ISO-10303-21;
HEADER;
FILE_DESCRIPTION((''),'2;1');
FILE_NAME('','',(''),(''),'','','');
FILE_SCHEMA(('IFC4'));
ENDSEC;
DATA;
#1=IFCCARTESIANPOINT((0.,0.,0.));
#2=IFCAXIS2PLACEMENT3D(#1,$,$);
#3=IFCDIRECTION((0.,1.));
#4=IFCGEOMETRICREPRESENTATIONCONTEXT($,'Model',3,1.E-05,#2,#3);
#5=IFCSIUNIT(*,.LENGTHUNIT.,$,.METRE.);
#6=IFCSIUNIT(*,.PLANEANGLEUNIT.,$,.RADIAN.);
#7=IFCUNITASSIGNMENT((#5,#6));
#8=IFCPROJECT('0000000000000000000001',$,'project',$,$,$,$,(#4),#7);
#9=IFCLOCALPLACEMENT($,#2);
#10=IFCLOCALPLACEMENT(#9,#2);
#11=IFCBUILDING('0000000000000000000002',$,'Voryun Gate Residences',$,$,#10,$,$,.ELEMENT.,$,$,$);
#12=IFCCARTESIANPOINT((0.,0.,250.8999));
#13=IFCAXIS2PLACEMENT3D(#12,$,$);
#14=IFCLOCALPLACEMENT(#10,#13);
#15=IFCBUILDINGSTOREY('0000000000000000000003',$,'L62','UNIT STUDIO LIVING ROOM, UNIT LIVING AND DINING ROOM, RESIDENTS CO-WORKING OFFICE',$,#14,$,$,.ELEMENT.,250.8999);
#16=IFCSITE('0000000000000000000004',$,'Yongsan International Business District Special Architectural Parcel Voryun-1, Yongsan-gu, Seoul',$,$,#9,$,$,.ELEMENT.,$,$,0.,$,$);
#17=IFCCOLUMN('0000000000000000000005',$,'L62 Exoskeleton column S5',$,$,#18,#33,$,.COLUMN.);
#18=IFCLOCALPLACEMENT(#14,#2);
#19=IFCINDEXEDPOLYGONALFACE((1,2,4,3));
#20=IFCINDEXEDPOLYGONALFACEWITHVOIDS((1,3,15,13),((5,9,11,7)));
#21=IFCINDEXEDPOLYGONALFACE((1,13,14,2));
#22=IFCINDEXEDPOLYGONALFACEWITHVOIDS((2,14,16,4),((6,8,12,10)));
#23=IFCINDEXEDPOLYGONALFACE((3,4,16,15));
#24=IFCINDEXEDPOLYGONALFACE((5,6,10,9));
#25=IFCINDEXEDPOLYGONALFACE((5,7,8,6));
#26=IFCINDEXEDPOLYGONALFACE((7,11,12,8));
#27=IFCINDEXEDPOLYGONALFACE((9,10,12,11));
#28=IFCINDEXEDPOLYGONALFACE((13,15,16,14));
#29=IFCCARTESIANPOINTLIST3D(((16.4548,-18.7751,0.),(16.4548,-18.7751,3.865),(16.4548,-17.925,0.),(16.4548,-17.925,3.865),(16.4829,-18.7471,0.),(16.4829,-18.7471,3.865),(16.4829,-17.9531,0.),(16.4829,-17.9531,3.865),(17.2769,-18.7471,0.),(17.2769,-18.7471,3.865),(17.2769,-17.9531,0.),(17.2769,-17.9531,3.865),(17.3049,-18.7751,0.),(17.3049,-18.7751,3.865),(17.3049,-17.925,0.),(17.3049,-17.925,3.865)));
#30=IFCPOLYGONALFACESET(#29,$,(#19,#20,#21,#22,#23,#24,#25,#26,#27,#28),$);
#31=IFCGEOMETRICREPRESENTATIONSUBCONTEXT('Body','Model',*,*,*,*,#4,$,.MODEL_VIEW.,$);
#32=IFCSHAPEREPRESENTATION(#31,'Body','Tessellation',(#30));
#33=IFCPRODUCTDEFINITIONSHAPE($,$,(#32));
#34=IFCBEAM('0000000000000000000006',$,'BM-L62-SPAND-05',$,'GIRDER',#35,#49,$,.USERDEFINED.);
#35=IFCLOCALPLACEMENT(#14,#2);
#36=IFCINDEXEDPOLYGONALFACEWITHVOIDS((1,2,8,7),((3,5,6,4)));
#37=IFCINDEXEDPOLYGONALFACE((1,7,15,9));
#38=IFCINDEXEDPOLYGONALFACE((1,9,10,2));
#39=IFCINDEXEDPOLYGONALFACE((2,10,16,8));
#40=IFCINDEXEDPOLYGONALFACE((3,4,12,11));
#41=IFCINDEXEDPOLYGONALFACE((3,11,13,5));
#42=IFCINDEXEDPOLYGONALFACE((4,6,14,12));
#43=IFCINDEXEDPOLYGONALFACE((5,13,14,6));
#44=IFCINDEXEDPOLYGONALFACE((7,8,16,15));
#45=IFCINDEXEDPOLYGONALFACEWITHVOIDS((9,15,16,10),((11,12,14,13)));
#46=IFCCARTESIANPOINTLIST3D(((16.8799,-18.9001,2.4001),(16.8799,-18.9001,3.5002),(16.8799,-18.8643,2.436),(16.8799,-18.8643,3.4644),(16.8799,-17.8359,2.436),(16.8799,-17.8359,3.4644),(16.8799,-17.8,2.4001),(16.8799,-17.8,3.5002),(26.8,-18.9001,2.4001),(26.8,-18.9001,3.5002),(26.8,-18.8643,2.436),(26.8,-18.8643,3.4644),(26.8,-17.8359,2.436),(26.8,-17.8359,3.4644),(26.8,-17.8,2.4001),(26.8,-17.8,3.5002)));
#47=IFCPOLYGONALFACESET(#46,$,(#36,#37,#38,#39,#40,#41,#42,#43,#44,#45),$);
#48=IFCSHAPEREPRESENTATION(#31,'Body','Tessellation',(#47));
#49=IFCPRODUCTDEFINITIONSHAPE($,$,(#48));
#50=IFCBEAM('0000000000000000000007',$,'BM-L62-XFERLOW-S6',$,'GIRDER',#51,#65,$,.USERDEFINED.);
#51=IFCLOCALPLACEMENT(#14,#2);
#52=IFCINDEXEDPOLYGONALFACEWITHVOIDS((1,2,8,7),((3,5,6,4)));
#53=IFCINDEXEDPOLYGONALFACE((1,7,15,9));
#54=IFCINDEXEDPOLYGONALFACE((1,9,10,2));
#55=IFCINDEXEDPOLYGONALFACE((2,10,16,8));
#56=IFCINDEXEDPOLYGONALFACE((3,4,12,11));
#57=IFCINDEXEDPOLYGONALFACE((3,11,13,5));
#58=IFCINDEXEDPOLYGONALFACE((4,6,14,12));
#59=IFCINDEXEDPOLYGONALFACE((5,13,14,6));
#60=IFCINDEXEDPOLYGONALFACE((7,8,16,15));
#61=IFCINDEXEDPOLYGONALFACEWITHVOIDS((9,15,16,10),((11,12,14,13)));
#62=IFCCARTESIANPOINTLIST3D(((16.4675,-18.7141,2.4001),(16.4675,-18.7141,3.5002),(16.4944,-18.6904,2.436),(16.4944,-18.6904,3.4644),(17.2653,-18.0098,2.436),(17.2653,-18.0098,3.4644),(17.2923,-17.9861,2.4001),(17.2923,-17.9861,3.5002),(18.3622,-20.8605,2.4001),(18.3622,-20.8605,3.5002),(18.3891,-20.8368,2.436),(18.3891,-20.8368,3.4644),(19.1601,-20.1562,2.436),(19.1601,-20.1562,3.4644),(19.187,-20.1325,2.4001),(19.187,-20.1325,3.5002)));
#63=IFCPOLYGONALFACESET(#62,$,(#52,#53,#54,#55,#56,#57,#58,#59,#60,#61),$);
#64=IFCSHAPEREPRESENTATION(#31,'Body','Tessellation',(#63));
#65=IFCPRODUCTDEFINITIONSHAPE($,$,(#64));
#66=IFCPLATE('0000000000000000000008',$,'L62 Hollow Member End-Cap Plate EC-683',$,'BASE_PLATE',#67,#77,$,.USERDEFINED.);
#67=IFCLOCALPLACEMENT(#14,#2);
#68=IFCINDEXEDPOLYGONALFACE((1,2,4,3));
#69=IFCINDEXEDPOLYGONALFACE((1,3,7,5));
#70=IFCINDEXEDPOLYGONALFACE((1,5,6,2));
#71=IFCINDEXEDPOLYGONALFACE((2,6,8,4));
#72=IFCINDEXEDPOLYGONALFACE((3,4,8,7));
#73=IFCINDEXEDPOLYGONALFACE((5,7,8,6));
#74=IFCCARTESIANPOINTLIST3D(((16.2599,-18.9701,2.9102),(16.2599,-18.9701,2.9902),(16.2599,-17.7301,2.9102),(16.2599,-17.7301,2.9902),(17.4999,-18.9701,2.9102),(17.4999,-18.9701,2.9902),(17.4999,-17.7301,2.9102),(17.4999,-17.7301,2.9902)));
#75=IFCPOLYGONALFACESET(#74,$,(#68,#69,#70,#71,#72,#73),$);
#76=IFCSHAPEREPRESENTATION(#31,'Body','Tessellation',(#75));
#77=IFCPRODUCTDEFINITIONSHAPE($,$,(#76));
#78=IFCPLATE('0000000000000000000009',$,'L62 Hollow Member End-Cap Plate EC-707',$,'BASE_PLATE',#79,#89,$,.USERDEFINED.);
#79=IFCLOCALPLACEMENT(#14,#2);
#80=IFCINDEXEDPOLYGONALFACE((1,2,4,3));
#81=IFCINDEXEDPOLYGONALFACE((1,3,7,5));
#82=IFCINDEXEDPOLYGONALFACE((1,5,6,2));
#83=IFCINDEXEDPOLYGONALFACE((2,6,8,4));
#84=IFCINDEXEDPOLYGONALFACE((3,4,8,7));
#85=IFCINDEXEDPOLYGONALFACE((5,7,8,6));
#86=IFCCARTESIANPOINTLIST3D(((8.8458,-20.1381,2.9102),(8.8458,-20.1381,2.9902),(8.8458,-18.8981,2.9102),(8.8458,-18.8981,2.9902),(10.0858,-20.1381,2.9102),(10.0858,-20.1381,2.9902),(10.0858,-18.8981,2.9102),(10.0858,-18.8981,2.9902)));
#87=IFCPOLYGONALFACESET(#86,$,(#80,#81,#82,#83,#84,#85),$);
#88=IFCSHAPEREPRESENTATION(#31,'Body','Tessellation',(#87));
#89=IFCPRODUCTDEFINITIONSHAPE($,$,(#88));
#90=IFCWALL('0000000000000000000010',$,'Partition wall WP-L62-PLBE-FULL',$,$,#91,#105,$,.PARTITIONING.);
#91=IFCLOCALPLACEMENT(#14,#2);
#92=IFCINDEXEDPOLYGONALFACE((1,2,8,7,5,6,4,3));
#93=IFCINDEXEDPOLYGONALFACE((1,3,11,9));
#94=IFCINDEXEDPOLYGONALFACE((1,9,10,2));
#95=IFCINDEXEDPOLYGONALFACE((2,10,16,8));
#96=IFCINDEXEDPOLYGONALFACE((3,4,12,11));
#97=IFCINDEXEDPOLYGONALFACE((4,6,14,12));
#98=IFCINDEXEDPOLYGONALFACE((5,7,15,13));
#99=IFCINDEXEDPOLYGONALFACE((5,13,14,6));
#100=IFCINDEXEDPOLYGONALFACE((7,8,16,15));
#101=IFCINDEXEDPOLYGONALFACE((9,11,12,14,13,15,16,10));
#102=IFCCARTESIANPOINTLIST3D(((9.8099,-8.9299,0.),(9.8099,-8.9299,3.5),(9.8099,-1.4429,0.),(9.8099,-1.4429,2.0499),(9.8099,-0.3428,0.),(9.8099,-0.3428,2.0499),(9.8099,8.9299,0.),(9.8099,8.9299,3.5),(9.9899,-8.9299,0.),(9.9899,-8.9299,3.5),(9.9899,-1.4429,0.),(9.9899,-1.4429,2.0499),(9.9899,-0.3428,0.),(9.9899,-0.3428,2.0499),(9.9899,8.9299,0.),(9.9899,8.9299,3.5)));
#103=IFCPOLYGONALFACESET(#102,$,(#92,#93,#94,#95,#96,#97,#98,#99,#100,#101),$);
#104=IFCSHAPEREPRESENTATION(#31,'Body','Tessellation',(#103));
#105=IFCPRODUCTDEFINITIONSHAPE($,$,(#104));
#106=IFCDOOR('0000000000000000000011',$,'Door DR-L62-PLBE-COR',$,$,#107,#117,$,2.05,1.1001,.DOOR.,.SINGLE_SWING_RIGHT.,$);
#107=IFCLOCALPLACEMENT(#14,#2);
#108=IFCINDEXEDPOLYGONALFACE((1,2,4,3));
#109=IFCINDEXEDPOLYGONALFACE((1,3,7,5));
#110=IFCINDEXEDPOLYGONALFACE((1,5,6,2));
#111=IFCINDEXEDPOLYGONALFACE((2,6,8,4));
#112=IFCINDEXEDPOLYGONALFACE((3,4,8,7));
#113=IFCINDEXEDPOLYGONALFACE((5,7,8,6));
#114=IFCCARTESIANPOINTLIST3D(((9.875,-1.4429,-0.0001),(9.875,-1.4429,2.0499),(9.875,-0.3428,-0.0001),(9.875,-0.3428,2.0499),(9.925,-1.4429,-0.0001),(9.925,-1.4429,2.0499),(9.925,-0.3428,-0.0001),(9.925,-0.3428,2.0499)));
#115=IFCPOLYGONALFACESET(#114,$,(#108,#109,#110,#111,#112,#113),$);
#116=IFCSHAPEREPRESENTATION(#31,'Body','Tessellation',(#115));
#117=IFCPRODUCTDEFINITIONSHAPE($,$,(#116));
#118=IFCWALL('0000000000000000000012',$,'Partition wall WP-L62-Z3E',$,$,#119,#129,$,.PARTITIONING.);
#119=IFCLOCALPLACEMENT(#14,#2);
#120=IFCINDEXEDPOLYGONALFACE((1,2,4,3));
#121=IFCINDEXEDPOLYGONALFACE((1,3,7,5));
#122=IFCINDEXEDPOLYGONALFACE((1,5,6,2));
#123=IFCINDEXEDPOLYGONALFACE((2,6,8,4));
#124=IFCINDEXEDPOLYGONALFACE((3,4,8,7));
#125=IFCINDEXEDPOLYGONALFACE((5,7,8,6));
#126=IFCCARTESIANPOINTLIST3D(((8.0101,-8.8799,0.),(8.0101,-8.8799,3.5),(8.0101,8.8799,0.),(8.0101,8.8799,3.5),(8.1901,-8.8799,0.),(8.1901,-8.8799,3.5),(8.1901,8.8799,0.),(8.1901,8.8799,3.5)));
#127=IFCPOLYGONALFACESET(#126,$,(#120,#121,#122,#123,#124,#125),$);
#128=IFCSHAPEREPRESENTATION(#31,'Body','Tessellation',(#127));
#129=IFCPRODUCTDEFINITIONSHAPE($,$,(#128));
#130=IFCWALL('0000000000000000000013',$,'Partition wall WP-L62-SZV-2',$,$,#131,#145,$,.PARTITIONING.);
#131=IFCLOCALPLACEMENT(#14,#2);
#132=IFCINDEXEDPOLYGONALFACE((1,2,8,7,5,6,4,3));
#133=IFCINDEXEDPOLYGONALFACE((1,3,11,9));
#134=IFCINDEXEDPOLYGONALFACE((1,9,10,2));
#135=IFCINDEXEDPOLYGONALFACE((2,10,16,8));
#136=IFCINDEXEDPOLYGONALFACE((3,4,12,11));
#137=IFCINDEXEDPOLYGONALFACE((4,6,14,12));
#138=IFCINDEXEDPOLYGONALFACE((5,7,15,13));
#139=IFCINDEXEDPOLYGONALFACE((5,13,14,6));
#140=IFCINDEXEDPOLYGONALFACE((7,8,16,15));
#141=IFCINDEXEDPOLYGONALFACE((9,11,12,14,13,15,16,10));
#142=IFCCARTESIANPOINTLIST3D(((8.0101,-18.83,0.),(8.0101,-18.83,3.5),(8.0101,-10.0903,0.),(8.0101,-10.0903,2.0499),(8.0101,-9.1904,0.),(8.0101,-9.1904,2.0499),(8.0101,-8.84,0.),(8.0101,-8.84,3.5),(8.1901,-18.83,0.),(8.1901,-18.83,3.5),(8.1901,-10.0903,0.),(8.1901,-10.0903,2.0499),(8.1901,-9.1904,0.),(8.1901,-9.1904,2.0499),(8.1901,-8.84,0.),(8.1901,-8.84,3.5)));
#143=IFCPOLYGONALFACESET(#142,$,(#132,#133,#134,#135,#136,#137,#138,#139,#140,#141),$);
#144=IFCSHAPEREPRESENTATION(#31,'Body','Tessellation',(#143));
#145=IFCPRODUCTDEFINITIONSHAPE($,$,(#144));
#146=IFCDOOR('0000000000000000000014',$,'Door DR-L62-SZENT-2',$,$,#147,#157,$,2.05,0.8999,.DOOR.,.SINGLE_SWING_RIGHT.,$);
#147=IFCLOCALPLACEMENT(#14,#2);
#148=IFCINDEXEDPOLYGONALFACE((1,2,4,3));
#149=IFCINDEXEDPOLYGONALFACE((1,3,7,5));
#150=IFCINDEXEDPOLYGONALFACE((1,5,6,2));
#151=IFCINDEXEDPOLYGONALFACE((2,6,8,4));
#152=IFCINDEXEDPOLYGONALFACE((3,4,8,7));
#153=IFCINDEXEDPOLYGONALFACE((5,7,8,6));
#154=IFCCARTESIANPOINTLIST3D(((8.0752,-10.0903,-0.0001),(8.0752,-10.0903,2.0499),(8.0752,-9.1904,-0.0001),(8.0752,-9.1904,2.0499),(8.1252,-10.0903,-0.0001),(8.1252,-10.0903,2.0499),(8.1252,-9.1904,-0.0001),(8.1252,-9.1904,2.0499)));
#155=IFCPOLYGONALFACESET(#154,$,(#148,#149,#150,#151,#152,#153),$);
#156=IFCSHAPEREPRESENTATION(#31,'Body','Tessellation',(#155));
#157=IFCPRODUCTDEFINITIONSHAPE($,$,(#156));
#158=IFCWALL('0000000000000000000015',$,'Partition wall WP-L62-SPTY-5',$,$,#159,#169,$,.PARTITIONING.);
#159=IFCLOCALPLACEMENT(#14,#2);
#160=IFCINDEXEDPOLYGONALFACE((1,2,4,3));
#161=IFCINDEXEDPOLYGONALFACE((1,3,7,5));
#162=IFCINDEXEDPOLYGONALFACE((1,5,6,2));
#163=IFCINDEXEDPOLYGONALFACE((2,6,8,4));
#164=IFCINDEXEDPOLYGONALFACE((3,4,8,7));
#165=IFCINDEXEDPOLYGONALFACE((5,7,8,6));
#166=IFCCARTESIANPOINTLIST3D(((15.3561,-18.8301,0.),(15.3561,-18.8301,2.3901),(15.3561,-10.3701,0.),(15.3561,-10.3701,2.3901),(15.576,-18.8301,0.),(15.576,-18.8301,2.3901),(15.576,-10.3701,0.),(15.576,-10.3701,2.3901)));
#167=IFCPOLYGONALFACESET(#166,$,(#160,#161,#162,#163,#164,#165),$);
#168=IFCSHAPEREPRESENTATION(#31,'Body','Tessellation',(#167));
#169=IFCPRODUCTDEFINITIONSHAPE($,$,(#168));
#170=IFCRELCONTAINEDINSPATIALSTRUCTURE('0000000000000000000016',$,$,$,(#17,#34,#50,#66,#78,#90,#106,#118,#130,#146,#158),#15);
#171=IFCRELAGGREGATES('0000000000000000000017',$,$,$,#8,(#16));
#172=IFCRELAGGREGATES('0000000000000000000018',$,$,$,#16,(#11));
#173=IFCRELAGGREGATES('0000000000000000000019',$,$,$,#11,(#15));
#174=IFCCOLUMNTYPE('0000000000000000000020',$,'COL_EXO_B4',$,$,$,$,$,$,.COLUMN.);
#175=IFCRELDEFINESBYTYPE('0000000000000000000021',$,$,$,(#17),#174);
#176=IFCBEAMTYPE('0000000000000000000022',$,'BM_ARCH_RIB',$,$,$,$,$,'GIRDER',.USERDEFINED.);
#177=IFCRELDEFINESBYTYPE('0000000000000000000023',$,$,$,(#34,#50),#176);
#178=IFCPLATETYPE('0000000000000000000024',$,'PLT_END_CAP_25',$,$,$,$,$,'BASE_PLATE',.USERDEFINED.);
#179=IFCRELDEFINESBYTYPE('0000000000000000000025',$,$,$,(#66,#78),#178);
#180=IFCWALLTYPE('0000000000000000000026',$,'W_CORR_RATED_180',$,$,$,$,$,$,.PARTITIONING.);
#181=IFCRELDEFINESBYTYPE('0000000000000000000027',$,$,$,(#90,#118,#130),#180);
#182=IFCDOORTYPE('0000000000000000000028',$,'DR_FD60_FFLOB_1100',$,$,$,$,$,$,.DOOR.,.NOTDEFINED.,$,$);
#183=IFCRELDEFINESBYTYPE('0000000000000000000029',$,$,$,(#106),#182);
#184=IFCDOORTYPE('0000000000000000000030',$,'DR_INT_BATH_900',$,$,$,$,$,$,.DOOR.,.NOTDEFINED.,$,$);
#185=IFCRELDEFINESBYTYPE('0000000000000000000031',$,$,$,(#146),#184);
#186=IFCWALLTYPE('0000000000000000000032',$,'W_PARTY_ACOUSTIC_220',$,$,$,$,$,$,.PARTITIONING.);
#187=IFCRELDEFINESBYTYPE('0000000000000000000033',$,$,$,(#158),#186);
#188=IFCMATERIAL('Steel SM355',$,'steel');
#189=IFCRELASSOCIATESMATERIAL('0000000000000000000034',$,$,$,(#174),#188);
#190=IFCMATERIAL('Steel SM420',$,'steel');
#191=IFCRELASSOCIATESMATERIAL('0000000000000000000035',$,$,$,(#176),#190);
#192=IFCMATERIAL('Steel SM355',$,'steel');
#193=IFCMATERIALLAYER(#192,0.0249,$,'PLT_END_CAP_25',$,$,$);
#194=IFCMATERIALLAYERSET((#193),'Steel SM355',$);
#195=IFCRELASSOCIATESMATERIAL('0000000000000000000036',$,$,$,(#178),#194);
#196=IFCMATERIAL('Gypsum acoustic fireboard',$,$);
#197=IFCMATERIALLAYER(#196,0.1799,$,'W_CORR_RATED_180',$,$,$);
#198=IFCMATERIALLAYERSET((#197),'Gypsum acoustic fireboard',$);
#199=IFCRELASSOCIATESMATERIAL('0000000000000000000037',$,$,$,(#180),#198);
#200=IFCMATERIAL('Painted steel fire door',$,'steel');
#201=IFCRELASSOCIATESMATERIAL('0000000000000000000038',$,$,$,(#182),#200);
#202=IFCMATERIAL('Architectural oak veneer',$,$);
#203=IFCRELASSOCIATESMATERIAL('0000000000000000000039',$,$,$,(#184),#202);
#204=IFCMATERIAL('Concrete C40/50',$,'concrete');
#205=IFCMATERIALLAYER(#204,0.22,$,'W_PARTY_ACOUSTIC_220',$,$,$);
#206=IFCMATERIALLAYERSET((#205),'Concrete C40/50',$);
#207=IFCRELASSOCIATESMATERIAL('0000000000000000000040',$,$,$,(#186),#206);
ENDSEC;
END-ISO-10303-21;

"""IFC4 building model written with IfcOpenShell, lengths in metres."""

from ifc_helpers import new_model, si_unit, direction, frame, frame_2d, origin, origin_2d, place, context, subcontext, project, spatial, rectangle, hollow_rectangle, extrude, material, layer, layer_set, material_profile, profile_set, type_object, element, fill, save


model = new_model("IFC4")

# Units and contexts
model_context = context("Model", 3, precision=1e-05, world=origin(), true_north=direction((0.0, 1.0)))
body_context = subcontext(model_context, "Body", "Model", "MODEL_VIEW")
ifc_project = project(units=[si_unit("LENGTHUNIT", "METRE"), si_unit("PLANEANGLEUNIT", "RADIAN")], contexts=[model_context])

# Site, building, storey
site_placement = place(None, origin())
site = spatial("IfcSite", under=ifc_project, at=site_placement, Name="Yongsan International Business District Special Architectural Parcel Voryun-1, Yongsan-gu, Seoul", CompositionType="ELEMENT", RefElevation=0.0)
building_placement = place(site_placement, origin())
building = spatial("IfcBuilding", under=site, at=building_placement, Name="Voryun Gate Residences", CompositionType="ELEMENT")
storey_placement = place(building_placement, frame((0.0, 0.0, 250.8999)))
storey = spatial("IfcBuildingStorey", under=building, at=storey_placement, Name="L62", Description="UNIT STUDIO LIVING ROOM, UNIT LIVING AND DINING ROOM, RESIDENTS CO-WORKING OFFICE", CompositionType="ELEMENT", Elevation=250.8999)

# Column
ifc_material_1 = material(Name="Steel SM355", Category="steel")
ifc_material_profile_1 = material_profile(ifc_material_1, hollow_rectangle(XDim=0.8501, YDim=0.8501, WallThickness=0.0281, at=origin_2d()), Name="BOX-850x850x28")
ifc_profile_set_1 = profile_set([ifc_material_profile_1], Name="Steel SM355")
column_type = type_object("IfcColumnType", Name="COL_EXO_B4", PredefinedType="COLUMN", material=ifc_profile_set_1)
column_placement = place(storey_placement, frame((16.8799, -18.3501, 0.0), z_axis=(0.0, 0.0, 1.0), x_axis=(1.0, 0.0, 0.0)))
element("IfcColumn", 1, at=column_placement, inside=storey, type_object=column_type, Name="L62 Exoskeleton column S5", PredefinedType="COLUMN", context=body_context, shape_type="SweptSolid", body=[
    extrude(hollow_rectangle(XDim=0.8501, YDim=0.8501, WallThickness=0.0281, at=origin_2d()), origin(), (0.0, 0.0, 1.0), 3.865),
])

# Beams
ifc_material_2 = material(Name="Steel SM420", Category="steel")
ifc_material_profile_2 = material_profile(ifc_material_2, hollow_rectangle(XDim=1.1001, YDim=1.1001, WallThickness=0.0359, at=origin_2d()), Name="BOX-1100x1100x36")
ifc_profile_set_2 = profile_set([ifc_material_profile_2], Name="Steel SM420")
beam_type = type_object("IfcBeamType", Name="BM_ARCH_RIB", ElementType="GIRDER", PredefinedType="USERDEFINED", material=ifc_profile_set_2)
beam_1_placement = place(storey_placement, frame((16.8799, -18.3501, 2.9502), z_axis=(1.0, 0.0, 0.0), x_axis=(0.0, 1.0, 0.0)))
element("IfcBeam", 2, at=beam_1_placement, inside=storey, type_object=beam_type, Name="BM-L62-SPAND-05", ObjectType="GIRDER", PredefinedType="USERDEFINED", context=body_context, shape_type="SweptSolid", body=[
    extrude(hollow_rectangle(XDim=1.1001, YDim=1.1001, WallThickness=0.0359, at=origin_2d()), origin(), (0.0, 0.0, 1.0), 9.9202),
])
beam_2_placement = place(storey_placement, frame((16.8799, -18.3501, 2.9502), z_axis=(0.661782, -0.749696, 0.0), x_axis=(0.749696, 0.661782, 0.0)))
element("IfcBeam", 3, at=beam_2_placement, inside=storey, type_object=beam_type, Name="BM-L62-XFERLOW-S6", ObjectType="GIRDER", PredefinedType="USERDEFINED", context=body_context, shape_type="SweptSolid", body=[
    extrude(hollow_rectangle(XDim=1.1001, YDim=1.1001, WallThickness=0.0359, at=origin_2d()), origin(), (0.0, 0.0, 1.0), 2.863),
])

# Plates
ifc_material_3 = material(Name="Steel SM355", Category="steel")
ifc_layer_1 = layer(ifc_material_3, 0.0249, Name="PLT_END_CAP_25")
ifc_layer_set_1 = layer_set([ifc_layer_1], Name="Steel SM355")
plate_type = type_object("IfcPlateType", Name="PLT_END_CAP_25", ElementType="BASE_PLATE", PredefinedType="USERDEFINED", material=ifc_layer_set_1)
for number, where, z_axis, x_axis, name in (
    (4, (16.8799, -18.3501, 2.9102), (0.0, 0.0, 1.0), (1.0, 0.0, 0.0), "L62 Hollow Member End-Cap Plate EC-683"),
    (5, (9.4658, -19.5181, 2.9102), (0.0, 0.0, 1.0), (1.0, 0.0, 0.0), "L62 Hollow Member End-Cap Plate EC-707"),
):
    element("IfcPlate", number, at=place(storey_placement, frame(where, z_axis=z_axis, x_axis=x_axis)), inside=storey, type_object=plate_type, Name=name, ObjectType="BASE_PLATE", PredefinedType="USERDEFINED", context=body_context, shape_type="SweptSolid", body=[
        extrude(rectangle(XDim=1.24, YDim=1.24, at=origin_2d()), origin(), (0.0, 0.0, 1.0), 0.0801),
    ])

# Wall, opening, door
ifc_material_4 = material(Name="Gypsum acoustic fireboard")
ifc_layer_2 = layer(ifc_material_4, 0.1799, Name="W_CORR_RATED_180")
ifc_layer_set_2 = layer_set([ifc_layer_2], Name="Gypsum acoustic fireboard")
wall_type_1 = type_object("IfcWallType", Name="W_CORR_RATED_180", PredefinedType="PARTITIONING", material=ifc_layer_set_2)
wall_1_placement = place(storey_placement, frame((9.8999, -8.9299, 0.0), z_axis=(0.0, 0.0, 1.0), x_axis=(0.0, 1.0, 0.0)))
wall_1 = element("IfcWall", 6, at=wall_1_placement, inside=storey, type_object=wall_type_1, Name="Partition wall WP-L62-PLBE-FULL", PredefinedType="PARTITIONING", context=body_context, shape_type="SweptSolid", body=[
    extrude(rectangle(XDim=17.8599, YDim=0.1799, at=frame_2d((8.9299, 0.0))), origin(), (0.0, 0.0, 1.0), 3.5),
])
opening_1_placement = place(wall_1_placement, frame((7.4871, 0.0, 0.0)))
opening_1 = element("IfcOpeningElement", 7, at=opening_1_placement, cuts=wall_1, PredefinedType="OPENING", context=body_context, shape_type="SweptSolid", body=[
    extrude(rectangle(XDim=1.1001, YDim=2.05, at=frame_2d((0.55, 1.0249))), frame((0.0, 0.0999, 0.0), z_axis=(0.0, -1.0, 0.0), x_axis=(1.0, 0.0, 0.0)), (0.0, 0.0, 1.0), 0.2),
])
ifc_material_5 = material(Name="Painted steel fire door", Category="steel")
door_type_1 = type_object("IfcDoorType", Name="DR_FD60_FFLOB_1100", OperationType="NOTDEFINED", PredefinedType="DOOR", material=ifc_material_5)
door_1_placement = place(opening_1_placement, origin())
door_1 = element("IfcDoor", 8, at=door_1_placement, inside=storey, type_object=door_type_1, Name="Door DR-L62-PLBE-COR", OperationType="SINGLE_SWING_RIGHT", OverallHeight=2.05, OverallWidth=1.1001, PredefinedType="DOOR", context=body_context, shape_type="SweptSolid", body=[
    extrude(rectangle(XDim=1.1001, YDim=2.05, at=frame_2d((0.55, 1.0249))), frame((0.0, 0.0249, 0.0), z_axis=(0.0, -1.0, 0.0), x_axis=(1.0, 0.0, 0.0)), (0.0, 0.0, 1.0), 0.05),
])
fill(opening_1, door_1)

# Wall
wall_2_placement = place(storey_placement, frame((8.1001, -8.8799, 0.0), z_axis=(0.0, 0.0, 1.0), x_axis=(0.0, 1.0, 0.0)))
element("IfcWall", 9, at=wall_2_placement, inside=storey, type_object=wall_type_1, Name="Partition wall WP-L62-Z3E", PredefinedType="PARTITIONING", context=body_context, shape_type="SweptSolid", body=[
    extrude(rectangle(XDim=17.7598, YDim=0.1799, at=frame_2d((8.8799, 0.0))), origin(), (0.0, 0.0, 1.0), 3.5),
])

# Wall, opening, door
wall_3_placement = place(storey_placement, frame((8.1001, -18.8301, 0.0), z_axis=(0.0, 0.0, 1.0), x_axis=(0.0, 1.0, 0.0)))
wall_3 = element("IfcWall", 10, at=wall_3_placement, inside=storey, type_object=wall_type_1, Name="Partition wall WP-L62-SZV-2", PredefinedType="PARTITIONING", context=body_context, shape_type="SweptSolid", body=[
    extrude(rectangle(XDim=9.99, YDim=0.1799, at=frame_2d((4.9951, 0.0))), origin(), (0.0, 0.0, 1.0), 3.5),
])
opening_2_placement = place(wall_3_placement, frame((8.7397, 0.0, 0.0)))
opening_2 = element("IfcOpeningElement", 11, at=opening_2_placement, cuts=wall_3, PredefinedType="OPENING", context=body_context, shape_type="SweptSolid", body=[
    extrude(rectangle(XDim=0.8999, YDim=2.05, at=frame_2d((0.45, 1.0249))), frame((0.0, 0.0999, 0.0), z_axis=(0.0, -1.0, 0.0), x_axis=(1.0, 0.0, 0.0)), (0.0, 0.0, 1.0), 0.2),
])
ifc_material_6 = material(Name="Architectural oak veneer")
door_type_2 = type_object("IfcDoorType", Name="DR_INT_BATH_900", OperationType="NOTDEFINED", PredefinedType="DOOR", material=ifc_material_6)
door_2_placement = place(opening_2_placement, origin())
door_2 = element("IfcDoor", 12, at=door_2_placement, inside=storey, type_object=door_type_2, Name="Door DR-L62-SZENT-2", OperationType="SINGLE_SWING_RIGHT", OverallHeight=2.05, OverallWidth=0.8999, PredefinedType="DOOR", context=body_context, shape_type="SweptSolid", body=[
    extrude(rectangle(XDim=0.8999, YDim=2.05, at=frame_2d((0.45, 1.0249))), frame((0.0, 0.0249, 0.0), z_axis=(0.0, -1.0, 0.0), x_axis=(1.0, 0.0, 0.0)), (0.0, 0.0, 1.0), 0.05),
])
fill(opening_2, door_2)

# Wall
ifc_material_7 = material(Name="Concrete C40/50", Category="concrete")
ifc_layer_3 = layer(ifc_material_7, 0.22, Name="W_PARTY_ACOUSTIC_220")
ifc_layer_set_3 = layer_set([ifc_layer_3], Name="Concrete C40/50")
wall_type_2 = type_object("IfcWallType", Name="W_PARTY_ACOUSTIC_220", PredefinedType="PARTITIONING", material=ifc_layer_set_3)
wall_4_placement = place(storey_placement, frame((15.4661, -18.8301, 0.0), z_axis=(0.0, 0.0, 1.0), x_axis=(0.0, 1.0, 0.0)))
element("IfcWall", 13, at=wall_4_placement, inside=storey, type_object=wall_type_2, Name="Partition wall WP-L62-SPTY-5", PredefinedType="PARTITIONING", context=body_context, shape_type="SweptSolid", body=[
    extrude(rectangle(XDim=8.46, YDim=0.22, at=frame_2d((4.23, 0.0))), origin(), (0.0, 0.0, 1.0), 2.3901),
])

save(model, "model.ifc")
